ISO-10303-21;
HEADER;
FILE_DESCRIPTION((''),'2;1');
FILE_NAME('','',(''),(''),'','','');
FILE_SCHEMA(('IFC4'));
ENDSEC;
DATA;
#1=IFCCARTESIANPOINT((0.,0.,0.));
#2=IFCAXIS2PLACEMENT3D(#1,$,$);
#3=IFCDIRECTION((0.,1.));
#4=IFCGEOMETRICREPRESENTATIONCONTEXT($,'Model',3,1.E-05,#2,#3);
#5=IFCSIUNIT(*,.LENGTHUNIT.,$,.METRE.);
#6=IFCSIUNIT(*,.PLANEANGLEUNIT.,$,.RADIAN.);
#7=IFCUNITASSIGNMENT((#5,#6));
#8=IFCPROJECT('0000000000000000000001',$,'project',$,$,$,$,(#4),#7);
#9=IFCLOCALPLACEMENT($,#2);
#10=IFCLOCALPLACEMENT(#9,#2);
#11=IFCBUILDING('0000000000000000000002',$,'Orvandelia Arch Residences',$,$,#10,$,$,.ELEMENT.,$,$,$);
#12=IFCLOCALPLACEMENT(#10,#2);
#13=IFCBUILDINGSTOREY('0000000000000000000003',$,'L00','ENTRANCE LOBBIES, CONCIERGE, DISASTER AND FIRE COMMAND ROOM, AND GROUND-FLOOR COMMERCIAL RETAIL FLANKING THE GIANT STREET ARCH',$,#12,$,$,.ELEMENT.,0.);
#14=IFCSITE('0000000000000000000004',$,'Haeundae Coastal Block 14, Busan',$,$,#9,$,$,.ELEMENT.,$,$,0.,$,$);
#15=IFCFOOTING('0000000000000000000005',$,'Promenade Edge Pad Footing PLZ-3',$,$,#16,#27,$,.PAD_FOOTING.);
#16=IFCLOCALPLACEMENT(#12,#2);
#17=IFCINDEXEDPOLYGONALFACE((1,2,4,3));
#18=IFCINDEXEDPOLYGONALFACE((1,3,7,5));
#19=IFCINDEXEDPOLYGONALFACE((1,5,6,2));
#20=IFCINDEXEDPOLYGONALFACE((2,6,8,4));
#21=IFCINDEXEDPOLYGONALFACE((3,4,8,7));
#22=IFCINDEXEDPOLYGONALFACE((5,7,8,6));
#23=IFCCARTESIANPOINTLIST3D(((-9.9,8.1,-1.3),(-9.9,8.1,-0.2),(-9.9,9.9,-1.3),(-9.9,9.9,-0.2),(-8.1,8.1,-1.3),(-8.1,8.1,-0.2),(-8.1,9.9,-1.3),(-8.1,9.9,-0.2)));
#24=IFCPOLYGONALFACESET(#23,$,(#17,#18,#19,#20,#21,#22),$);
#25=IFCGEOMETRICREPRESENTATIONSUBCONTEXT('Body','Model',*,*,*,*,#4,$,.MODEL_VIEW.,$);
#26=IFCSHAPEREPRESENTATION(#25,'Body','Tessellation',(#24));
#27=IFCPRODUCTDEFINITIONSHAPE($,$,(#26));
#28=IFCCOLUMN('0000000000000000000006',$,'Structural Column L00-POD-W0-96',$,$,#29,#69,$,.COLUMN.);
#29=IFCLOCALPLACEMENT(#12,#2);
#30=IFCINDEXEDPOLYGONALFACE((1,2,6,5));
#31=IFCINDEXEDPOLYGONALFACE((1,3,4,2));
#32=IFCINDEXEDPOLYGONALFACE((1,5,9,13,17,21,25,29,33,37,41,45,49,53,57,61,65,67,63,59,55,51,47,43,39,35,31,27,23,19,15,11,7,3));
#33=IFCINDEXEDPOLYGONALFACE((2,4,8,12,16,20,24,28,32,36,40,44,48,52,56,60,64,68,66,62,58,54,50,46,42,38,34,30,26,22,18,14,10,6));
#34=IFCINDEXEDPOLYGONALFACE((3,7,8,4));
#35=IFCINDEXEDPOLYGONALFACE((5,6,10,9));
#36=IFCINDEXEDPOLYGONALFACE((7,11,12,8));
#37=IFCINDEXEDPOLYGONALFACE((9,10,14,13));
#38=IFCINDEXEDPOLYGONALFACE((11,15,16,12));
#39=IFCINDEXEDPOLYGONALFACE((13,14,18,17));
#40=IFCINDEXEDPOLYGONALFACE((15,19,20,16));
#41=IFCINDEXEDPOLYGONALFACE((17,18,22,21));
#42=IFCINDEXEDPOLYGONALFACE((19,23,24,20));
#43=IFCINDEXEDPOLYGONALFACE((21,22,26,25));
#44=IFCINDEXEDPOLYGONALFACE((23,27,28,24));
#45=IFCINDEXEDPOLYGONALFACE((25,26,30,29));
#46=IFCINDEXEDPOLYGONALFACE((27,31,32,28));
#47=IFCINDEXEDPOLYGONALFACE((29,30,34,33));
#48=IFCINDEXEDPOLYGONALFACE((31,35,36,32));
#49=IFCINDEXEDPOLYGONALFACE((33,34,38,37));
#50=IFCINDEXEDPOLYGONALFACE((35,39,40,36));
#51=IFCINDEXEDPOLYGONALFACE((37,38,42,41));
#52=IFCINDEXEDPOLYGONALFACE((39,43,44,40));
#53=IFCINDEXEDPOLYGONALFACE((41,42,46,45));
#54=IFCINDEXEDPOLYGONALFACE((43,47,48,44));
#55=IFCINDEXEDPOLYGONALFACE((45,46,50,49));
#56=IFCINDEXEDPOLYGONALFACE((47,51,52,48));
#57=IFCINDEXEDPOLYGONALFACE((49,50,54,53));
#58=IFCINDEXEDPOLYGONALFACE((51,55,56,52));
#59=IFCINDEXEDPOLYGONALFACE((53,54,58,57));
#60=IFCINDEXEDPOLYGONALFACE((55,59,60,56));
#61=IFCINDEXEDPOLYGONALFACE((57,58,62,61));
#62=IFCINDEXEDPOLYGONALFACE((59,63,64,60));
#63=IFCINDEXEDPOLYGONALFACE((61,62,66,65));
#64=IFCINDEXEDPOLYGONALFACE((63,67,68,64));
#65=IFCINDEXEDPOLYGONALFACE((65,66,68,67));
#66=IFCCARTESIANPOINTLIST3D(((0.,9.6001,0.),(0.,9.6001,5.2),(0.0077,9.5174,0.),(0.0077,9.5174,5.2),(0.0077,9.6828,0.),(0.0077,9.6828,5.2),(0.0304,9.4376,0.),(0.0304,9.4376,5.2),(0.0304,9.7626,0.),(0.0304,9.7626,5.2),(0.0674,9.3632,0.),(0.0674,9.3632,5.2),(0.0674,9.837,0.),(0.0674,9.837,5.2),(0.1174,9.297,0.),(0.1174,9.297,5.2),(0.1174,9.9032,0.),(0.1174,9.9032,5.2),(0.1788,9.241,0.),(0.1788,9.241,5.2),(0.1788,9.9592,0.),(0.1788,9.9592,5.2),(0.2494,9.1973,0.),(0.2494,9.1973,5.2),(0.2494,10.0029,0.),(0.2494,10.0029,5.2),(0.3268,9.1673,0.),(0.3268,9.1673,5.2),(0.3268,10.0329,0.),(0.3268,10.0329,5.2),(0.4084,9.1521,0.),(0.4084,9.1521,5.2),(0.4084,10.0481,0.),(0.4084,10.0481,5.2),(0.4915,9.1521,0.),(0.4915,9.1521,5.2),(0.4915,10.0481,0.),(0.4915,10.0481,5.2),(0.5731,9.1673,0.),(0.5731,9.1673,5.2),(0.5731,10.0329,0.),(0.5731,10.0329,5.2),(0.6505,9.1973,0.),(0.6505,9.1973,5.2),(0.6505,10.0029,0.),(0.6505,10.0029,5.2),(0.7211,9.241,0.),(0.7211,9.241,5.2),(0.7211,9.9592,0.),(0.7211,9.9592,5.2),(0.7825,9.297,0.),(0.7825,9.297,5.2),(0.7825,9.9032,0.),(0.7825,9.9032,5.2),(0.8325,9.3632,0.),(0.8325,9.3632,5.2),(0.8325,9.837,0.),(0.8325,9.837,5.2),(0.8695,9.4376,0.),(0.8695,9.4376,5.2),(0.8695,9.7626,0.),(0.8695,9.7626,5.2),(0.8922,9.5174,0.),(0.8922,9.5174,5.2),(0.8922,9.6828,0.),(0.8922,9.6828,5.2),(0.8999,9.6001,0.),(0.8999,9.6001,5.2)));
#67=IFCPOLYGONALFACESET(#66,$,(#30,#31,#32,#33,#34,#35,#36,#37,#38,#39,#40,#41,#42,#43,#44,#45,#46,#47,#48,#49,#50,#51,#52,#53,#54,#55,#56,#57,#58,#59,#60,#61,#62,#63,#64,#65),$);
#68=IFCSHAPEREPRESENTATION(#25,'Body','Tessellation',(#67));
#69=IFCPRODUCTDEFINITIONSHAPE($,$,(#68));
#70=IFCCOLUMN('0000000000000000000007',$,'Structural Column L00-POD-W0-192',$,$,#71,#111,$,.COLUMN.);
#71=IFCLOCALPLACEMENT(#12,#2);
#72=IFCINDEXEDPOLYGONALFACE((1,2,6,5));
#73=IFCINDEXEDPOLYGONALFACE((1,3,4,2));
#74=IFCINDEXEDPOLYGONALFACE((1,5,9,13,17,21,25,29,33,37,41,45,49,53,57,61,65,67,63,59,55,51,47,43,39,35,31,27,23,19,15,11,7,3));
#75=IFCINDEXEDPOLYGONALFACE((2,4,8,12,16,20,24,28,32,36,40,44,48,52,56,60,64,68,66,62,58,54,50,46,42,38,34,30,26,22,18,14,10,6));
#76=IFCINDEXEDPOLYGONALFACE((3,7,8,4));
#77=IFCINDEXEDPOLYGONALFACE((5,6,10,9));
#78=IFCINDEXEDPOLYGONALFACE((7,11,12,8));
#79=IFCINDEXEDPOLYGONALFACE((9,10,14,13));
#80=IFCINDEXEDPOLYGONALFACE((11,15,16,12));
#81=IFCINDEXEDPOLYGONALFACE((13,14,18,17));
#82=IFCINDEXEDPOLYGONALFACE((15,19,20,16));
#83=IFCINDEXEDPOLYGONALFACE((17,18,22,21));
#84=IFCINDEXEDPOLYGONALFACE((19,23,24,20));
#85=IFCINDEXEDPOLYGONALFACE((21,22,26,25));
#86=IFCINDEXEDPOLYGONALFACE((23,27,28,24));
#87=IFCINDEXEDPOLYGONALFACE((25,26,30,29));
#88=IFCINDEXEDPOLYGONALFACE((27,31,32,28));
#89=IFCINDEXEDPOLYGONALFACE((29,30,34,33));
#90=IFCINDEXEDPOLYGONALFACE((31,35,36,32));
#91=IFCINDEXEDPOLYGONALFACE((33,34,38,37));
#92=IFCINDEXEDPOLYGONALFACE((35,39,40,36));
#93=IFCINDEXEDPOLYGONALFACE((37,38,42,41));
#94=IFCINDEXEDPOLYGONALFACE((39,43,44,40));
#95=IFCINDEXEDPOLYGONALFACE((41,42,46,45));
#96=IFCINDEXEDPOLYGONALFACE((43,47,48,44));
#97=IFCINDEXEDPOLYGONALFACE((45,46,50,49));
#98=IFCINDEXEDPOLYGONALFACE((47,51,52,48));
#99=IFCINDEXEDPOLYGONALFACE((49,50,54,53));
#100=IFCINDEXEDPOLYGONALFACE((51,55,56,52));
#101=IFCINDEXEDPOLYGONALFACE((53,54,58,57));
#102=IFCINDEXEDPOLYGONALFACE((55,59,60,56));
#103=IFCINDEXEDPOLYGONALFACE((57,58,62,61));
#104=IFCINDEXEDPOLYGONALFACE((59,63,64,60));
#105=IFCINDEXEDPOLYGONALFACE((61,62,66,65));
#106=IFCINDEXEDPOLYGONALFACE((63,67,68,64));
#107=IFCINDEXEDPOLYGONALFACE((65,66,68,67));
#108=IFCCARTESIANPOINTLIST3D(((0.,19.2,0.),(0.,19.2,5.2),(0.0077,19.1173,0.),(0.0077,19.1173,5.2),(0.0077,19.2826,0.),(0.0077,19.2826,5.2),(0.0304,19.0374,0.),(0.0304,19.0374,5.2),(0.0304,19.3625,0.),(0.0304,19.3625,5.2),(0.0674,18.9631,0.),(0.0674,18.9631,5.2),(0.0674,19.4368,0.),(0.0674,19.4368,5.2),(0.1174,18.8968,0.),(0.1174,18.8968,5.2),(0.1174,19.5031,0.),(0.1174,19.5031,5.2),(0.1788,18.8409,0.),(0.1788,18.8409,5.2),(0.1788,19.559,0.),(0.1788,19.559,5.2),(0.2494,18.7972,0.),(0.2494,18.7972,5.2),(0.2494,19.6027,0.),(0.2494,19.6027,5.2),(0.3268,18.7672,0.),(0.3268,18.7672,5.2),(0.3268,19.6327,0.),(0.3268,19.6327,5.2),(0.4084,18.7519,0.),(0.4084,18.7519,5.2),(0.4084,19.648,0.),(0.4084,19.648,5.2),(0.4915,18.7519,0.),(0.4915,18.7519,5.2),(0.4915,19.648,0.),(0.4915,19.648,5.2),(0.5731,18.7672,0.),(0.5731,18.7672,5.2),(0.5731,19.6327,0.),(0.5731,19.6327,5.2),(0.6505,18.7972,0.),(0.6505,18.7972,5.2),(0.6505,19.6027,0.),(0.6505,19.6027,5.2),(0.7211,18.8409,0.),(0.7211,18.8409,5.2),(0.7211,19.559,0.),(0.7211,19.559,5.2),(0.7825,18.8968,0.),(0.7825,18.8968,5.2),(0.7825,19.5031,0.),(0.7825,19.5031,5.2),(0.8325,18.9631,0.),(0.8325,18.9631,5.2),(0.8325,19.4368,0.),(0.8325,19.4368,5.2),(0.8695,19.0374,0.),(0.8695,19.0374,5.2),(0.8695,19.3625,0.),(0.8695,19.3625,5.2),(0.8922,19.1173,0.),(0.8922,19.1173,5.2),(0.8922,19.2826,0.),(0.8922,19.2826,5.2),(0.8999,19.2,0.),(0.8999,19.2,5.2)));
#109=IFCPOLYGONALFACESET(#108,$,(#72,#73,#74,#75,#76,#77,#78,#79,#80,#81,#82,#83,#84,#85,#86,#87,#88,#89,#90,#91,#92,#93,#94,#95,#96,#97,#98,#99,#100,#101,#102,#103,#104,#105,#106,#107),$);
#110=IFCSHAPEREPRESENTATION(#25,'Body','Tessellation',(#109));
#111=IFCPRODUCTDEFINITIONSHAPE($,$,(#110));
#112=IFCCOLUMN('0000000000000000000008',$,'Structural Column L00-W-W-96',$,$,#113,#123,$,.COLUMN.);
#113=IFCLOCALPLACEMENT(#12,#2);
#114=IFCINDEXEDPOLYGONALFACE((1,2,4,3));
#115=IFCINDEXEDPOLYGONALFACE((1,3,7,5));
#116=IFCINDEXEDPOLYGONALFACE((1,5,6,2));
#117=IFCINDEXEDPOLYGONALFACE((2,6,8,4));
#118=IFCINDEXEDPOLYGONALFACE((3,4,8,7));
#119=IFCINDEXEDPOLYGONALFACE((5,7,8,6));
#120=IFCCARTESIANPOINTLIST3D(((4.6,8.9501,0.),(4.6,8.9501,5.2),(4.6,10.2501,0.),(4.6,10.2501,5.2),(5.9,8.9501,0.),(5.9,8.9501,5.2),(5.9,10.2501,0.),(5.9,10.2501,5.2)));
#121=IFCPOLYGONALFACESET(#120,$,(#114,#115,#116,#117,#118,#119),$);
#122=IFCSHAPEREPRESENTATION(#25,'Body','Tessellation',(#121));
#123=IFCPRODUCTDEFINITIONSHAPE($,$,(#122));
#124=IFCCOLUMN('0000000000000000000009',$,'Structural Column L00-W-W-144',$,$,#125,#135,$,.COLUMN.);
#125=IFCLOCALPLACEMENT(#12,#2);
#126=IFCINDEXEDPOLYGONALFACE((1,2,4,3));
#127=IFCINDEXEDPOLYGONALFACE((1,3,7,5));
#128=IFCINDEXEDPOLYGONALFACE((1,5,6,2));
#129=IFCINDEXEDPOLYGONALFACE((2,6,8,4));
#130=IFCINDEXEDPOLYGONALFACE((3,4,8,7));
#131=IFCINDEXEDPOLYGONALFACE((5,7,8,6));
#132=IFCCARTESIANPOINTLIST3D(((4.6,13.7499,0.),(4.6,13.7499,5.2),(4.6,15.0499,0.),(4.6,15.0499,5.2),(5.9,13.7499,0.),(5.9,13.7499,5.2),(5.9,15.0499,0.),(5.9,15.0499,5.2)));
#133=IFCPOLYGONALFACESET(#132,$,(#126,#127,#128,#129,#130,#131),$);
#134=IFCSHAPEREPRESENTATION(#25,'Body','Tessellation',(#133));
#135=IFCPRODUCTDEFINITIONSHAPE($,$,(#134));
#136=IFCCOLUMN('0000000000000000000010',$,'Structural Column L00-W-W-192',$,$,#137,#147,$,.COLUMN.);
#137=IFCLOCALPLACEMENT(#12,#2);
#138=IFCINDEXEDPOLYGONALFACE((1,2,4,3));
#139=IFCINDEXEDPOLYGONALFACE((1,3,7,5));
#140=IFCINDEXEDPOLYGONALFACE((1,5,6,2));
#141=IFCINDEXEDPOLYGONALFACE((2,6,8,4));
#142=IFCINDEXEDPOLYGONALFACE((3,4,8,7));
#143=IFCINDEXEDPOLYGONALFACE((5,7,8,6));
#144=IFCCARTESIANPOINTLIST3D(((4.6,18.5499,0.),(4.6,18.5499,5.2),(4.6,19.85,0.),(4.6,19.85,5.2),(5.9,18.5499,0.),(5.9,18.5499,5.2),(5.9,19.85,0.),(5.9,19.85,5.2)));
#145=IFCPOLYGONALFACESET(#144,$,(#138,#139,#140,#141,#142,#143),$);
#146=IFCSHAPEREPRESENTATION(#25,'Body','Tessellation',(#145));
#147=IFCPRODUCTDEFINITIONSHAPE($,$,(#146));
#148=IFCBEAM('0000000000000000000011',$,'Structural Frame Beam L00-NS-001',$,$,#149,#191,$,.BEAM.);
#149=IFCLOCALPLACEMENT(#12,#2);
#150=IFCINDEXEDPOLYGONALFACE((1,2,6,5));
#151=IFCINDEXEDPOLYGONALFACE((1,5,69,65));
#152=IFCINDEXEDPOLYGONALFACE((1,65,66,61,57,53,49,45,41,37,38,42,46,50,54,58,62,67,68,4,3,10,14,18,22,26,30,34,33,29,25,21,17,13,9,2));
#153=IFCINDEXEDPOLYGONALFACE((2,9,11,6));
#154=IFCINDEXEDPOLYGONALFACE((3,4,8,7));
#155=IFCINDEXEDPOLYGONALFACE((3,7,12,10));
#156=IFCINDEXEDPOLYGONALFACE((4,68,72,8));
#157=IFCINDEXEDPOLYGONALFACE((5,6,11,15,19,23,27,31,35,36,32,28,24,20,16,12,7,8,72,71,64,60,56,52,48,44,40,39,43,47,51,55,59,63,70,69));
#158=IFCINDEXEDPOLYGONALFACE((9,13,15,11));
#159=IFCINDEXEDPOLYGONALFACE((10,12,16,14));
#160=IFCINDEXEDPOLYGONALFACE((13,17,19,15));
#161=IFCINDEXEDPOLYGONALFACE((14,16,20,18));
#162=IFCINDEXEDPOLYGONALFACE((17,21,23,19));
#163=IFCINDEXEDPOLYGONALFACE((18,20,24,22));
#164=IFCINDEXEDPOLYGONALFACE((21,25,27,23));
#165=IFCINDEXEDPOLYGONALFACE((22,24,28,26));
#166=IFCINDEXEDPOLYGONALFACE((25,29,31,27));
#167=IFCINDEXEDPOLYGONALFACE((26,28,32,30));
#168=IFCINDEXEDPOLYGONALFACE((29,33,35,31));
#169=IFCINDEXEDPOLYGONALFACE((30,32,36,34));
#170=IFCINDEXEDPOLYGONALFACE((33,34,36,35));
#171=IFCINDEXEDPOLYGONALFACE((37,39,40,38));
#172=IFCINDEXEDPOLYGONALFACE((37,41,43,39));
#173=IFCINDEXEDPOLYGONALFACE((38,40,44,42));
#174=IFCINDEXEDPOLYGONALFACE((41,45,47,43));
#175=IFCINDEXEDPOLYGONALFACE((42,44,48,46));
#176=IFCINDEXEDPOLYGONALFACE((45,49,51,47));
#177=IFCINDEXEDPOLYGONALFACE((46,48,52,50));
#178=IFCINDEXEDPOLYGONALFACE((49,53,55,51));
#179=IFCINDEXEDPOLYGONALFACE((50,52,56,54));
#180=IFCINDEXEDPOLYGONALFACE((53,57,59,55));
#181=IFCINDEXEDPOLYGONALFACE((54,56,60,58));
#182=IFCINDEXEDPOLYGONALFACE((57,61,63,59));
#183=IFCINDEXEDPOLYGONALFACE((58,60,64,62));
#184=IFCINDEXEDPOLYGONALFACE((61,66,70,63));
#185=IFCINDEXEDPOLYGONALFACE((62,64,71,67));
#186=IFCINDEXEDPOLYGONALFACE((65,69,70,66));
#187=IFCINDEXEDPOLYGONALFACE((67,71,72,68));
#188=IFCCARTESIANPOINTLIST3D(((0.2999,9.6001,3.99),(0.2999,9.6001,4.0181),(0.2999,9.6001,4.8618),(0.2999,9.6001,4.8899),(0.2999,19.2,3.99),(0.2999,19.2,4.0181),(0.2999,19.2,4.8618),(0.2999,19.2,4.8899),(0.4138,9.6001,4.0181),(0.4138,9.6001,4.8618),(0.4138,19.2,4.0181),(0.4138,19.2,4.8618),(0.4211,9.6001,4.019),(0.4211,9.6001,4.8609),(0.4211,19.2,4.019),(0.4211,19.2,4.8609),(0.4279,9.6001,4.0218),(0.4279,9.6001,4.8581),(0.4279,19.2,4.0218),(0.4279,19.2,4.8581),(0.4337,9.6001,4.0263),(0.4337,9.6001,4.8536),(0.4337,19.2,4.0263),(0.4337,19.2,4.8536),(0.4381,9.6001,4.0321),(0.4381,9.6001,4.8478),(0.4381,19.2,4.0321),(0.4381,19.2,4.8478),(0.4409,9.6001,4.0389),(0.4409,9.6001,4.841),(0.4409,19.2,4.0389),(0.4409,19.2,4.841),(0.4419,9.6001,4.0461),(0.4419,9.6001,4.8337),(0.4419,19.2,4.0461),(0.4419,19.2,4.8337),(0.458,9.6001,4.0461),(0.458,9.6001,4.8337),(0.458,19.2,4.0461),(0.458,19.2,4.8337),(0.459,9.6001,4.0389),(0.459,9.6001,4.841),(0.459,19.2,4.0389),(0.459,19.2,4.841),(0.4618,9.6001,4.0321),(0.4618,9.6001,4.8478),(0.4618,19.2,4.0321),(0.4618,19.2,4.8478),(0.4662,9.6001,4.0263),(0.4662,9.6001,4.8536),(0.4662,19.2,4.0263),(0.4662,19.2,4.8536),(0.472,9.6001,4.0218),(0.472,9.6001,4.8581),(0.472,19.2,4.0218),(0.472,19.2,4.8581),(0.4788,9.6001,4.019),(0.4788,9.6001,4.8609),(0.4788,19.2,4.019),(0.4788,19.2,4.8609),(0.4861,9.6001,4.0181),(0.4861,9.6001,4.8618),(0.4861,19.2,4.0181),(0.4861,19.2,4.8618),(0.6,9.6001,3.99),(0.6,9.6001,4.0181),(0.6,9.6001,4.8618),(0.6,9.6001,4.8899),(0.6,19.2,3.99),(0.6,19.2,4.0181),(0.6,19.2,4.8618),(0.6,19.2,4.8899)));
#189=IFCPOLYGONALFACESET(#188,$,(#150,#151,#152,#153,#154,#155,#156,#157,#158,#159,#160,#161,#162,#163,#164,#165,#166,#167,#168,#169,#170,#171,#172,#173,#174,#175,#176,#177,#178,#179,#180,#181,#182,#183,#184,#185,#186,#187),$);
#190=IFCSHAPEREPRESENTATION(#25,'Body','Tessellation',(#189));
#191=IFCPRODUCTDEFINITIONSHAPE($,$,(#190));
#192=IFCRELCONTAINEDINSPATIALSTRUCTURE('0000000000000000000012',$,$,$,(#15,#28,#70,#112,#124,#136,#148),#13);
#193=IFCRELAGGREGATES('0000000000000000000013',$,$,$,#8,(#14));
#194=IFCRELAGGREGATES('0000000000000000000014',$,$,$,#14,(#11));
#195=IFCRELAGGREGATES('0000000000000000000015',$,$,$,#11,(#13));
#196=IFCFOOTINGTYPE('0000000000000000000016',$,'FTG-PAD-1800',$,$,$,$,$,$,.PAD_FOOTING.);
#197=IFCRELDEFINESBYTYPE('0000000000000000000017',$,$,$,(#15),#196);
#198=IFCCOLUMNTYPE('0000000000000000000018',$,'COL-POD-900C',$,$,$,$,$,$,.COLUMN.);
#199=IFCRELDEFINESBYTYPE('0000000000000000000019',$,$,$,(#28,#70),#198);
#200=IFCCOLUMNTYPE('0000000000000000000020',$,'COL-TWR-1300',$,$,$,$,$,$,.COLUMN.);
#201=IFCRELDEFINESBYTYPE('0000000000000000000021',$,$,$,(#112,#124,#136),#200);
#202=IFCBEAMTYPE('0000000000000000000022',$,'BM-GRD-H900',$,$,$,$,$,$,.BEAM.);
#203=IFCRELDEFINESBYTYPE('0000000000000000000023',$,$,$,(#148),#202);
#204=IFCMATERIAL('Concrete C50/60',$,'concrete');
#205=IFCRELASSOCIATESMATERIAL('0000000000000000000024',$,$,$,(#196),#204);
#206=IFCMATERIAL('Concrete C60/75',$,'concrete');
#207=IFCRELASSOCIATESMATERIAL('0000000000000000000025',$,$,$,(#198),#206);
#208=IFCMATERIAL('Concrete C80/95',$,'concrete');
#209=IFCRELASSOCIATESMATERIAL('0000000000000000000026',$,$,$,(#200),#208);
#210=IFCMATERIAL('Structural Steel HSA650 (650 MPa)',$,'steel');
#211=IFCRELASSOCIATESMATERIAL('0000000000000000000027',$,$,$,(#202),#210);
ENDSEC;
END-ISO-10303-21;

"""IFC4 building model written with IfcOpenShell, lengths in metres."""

from ifc_helpers import new_model, si_unit, direction, frame, origin, origin_2d, place, context, subcontext, project, spatial, rectangle, circle, i_section, extrude, material, material_profile, profile_set, type_object, element, save


model = new_model("IFC4")

# Units and contexts
model_context = context("Model", 3, precision=1e-05, world=origin(), true_north=direction((0.0, 1.0)))
body_context = subcontext(model_context, "Body", "Model", "MODEL_VIEW")
ifc_project = project(units=[si_unit("LENGTHUNIT", "METRE"), si_unit("PLANEANGLEUNIT", "RADIAN")], contexts=[model_context])

# Site, building, storey
site_placement = place(None, origin())
site = spatial("IfcSite", under=ifc_project, at=site_placement, Name="Haeundae Coastal Block 14, Busan", CompositionType="ELEMENT", RefElevation=0.0)
building_placement = place(site_placement, origin())
building = spatial("IfcBuilding", under=site, at=building_placement, Name="Orvandelia Arch Residences", CompositionType="ELEMENT")
storey_placement = place(building_placement, origin())
storey = spatial("IfcBuildingStorey", under=building, at=storey_placement, Name="L00", Description="ENTRANCE LOBBIES, CONCIERGE, DISASTER AND FIRE COMMAND ROOM, AND GROUND-FLOOR COMMERCIAL RETAIL FLANKING THE GIANT STREET ARCH", CompositionType="ELEMENT", Elevation=0.0)

# Footing
ifc_material_1 = material(Name="Concrete C50/60", Category="concrete")
footing_type = type_object("IfcFootingType", Name="FTG-PAD-1800", PredefinedType="PAD_FOOTING", material=ifc_material_1)
footing_placement = place(storey_placement, frame((-9.0, 9.0, -1.3), z_axis=(0.0, 0.0, 1.0), x_axis=(1.0, 0.0, 0.0)))
element("IfcFooting", 1, at=footing_placement, inside=storey, type_object=footing_type, Name="Promenade Edge Pad Footing PLZ-3", PredefinedType="PAD_FOOTING", context=body_context, shape_type="SweptSolid", body=[
    extrude(rectangle(XDim=1.8, YDim=1.8, at=origin_2d()), origin(), (0.0, 0.0, 1.0), 1.1001),
])

# Columns
ifc_material_2 = material(Name="Concrete C60/75", Category="concrete")
ifc_material_profile_1 = material_profile(ifc_material_2, circle(Radius=0.45, at=origin_2d()), Name="Concrete C60/75", Category="concrete")
ifc_profile_set_1 = profile_set([ifc_material_profile_1], Name="Concrete C60/75")
column_type_1 = type_object("IfcColumnType", Name="COL-POD-900C", PredefinedType="COLUMN", material=ifc_profile_set_1)
for number, where, z_axis, x_axis, name in (
    (2, (0.45, 9.6001, 0.0), (0.0, 0.0, 1.0), (1.0, 0.0, 0.0), "Structural Column L00-POD-W0-96"),
    (3, (0.45, 19.2, 0.0), (0.0, 0.0, 1.0), (1.0, 0.0, 0.0), "Structural Column L00-POD-W0-192"),
):
    element("IfcColumn", number, at=place(storey_placement, frame(where, z_axis=z_axis, x_axis=x_axis)), inside=storey, type_object=column_type_1, Name=name, PredefinedType="COLUMN", context=body_context, shape_type="SweptSolid", body=[
        extrude(circle(Radius=0.45, at=origin_2d()), origin(), (0.0, 0.0, 1.0), 5.2),
    ])
ifc_material_3 = material(Name="Concrete C80/95", Category="concrete")
ifc_material_profile_2 = material_profile(ifc_material_3, rectangle(XDim=1.3, YDim=1.3, at=origin_2d()), Name="Concrete C80/95", Category="concrete")
ifc_profile_set_2 = profile_set([ifc_material_profile_2], Name="Concrete C80/95")
column_type_2 = type_object("IfcColumnType", Name="COL-TWR-1300", PredefinedType="COLUMN", material=ifc_profile_set_2)
for number, where, z_axis, x_axis, name in (
    (4, (5.25, 9.6001, 0.0), (0.0, 0.0, 1.0), (1.0, 0.0, 0.0), "Structural Column L00-W-W-96"),
    (5, (5.25, 14.3999, 0.0), (0.0, 0.0, 1.0), (1.0, 0.0, 0.0), "Structural Column L00-W-W-144"),
    (6, (5.25, 19.2, 0.0), (0.0, 0.0, 1.0), (1.0, 0.0, 0.0), "Structural Column L00-W-W-192"),
):
    element("IfcColumn", number, at=place(storey_placement, frame(where, z_axis=z_axis, x_axis=x_axis)), inside=storey, type_object=column_type_2, Name=name, PredefinedType="COLUMN", context=body_context, shape_type="SweptSolid", body=[
        extrude(rectangle(XDim=1.3, YDim=1.3, at=origin_2d()), origin(), (0.0, 0.0, 1.0), 5.2),
    ])

# Beam
ifc_material_4 = material(Name="Structural Steel HSA650 (650 MPa)", Category="steel")
ifc_material_profile_3 = material_profile(ifc_material_4, i_section(OverallWidth=0.3, OverallDepth=0.8999, WebThickness=0.0161, FlangeThickness=0.0281, FilletRadius=0.0281, at=origin_2d()), Name="Structural Steel HSA650 (650 MPa)", Category="steel")
ifc_profile_set_3 = profile_set([ifc_material_profile_3], Name="Structural Steel HSA650 (650 MPa)")
beam_type_1 = type_object("IfcBeamType", Name="BM-GRD-H900", PredefinedType="BEAM", material=ifc_profile_set_3)
beam_1_placement = place(storey_placement, frame((0.45, 9.6001, 4.4399), z_axis=(0.0, 1.0, 0.0), x_axis=(-1.0, 0.0, 0.0)))
element("IfcBeam", 7, at=beam_1_placement, inside=storey, type_object=beam_type_1, Name="Structural Frame Beam L00-NS-001", PredefinedType="BEAM", context=body_context, shape_type="SweptSolid", body=[
    extrude(i_section(OverallWidth=0.3, OverallDepth=0.8999, WebThickness=0.0161, FlangeThickness=0.0281, FilletRadius=0.0281, at=origin_2d()), origin(), (0.0, 0.0, 1.0), 9.5999),
])

save(model, "model.ifc")
